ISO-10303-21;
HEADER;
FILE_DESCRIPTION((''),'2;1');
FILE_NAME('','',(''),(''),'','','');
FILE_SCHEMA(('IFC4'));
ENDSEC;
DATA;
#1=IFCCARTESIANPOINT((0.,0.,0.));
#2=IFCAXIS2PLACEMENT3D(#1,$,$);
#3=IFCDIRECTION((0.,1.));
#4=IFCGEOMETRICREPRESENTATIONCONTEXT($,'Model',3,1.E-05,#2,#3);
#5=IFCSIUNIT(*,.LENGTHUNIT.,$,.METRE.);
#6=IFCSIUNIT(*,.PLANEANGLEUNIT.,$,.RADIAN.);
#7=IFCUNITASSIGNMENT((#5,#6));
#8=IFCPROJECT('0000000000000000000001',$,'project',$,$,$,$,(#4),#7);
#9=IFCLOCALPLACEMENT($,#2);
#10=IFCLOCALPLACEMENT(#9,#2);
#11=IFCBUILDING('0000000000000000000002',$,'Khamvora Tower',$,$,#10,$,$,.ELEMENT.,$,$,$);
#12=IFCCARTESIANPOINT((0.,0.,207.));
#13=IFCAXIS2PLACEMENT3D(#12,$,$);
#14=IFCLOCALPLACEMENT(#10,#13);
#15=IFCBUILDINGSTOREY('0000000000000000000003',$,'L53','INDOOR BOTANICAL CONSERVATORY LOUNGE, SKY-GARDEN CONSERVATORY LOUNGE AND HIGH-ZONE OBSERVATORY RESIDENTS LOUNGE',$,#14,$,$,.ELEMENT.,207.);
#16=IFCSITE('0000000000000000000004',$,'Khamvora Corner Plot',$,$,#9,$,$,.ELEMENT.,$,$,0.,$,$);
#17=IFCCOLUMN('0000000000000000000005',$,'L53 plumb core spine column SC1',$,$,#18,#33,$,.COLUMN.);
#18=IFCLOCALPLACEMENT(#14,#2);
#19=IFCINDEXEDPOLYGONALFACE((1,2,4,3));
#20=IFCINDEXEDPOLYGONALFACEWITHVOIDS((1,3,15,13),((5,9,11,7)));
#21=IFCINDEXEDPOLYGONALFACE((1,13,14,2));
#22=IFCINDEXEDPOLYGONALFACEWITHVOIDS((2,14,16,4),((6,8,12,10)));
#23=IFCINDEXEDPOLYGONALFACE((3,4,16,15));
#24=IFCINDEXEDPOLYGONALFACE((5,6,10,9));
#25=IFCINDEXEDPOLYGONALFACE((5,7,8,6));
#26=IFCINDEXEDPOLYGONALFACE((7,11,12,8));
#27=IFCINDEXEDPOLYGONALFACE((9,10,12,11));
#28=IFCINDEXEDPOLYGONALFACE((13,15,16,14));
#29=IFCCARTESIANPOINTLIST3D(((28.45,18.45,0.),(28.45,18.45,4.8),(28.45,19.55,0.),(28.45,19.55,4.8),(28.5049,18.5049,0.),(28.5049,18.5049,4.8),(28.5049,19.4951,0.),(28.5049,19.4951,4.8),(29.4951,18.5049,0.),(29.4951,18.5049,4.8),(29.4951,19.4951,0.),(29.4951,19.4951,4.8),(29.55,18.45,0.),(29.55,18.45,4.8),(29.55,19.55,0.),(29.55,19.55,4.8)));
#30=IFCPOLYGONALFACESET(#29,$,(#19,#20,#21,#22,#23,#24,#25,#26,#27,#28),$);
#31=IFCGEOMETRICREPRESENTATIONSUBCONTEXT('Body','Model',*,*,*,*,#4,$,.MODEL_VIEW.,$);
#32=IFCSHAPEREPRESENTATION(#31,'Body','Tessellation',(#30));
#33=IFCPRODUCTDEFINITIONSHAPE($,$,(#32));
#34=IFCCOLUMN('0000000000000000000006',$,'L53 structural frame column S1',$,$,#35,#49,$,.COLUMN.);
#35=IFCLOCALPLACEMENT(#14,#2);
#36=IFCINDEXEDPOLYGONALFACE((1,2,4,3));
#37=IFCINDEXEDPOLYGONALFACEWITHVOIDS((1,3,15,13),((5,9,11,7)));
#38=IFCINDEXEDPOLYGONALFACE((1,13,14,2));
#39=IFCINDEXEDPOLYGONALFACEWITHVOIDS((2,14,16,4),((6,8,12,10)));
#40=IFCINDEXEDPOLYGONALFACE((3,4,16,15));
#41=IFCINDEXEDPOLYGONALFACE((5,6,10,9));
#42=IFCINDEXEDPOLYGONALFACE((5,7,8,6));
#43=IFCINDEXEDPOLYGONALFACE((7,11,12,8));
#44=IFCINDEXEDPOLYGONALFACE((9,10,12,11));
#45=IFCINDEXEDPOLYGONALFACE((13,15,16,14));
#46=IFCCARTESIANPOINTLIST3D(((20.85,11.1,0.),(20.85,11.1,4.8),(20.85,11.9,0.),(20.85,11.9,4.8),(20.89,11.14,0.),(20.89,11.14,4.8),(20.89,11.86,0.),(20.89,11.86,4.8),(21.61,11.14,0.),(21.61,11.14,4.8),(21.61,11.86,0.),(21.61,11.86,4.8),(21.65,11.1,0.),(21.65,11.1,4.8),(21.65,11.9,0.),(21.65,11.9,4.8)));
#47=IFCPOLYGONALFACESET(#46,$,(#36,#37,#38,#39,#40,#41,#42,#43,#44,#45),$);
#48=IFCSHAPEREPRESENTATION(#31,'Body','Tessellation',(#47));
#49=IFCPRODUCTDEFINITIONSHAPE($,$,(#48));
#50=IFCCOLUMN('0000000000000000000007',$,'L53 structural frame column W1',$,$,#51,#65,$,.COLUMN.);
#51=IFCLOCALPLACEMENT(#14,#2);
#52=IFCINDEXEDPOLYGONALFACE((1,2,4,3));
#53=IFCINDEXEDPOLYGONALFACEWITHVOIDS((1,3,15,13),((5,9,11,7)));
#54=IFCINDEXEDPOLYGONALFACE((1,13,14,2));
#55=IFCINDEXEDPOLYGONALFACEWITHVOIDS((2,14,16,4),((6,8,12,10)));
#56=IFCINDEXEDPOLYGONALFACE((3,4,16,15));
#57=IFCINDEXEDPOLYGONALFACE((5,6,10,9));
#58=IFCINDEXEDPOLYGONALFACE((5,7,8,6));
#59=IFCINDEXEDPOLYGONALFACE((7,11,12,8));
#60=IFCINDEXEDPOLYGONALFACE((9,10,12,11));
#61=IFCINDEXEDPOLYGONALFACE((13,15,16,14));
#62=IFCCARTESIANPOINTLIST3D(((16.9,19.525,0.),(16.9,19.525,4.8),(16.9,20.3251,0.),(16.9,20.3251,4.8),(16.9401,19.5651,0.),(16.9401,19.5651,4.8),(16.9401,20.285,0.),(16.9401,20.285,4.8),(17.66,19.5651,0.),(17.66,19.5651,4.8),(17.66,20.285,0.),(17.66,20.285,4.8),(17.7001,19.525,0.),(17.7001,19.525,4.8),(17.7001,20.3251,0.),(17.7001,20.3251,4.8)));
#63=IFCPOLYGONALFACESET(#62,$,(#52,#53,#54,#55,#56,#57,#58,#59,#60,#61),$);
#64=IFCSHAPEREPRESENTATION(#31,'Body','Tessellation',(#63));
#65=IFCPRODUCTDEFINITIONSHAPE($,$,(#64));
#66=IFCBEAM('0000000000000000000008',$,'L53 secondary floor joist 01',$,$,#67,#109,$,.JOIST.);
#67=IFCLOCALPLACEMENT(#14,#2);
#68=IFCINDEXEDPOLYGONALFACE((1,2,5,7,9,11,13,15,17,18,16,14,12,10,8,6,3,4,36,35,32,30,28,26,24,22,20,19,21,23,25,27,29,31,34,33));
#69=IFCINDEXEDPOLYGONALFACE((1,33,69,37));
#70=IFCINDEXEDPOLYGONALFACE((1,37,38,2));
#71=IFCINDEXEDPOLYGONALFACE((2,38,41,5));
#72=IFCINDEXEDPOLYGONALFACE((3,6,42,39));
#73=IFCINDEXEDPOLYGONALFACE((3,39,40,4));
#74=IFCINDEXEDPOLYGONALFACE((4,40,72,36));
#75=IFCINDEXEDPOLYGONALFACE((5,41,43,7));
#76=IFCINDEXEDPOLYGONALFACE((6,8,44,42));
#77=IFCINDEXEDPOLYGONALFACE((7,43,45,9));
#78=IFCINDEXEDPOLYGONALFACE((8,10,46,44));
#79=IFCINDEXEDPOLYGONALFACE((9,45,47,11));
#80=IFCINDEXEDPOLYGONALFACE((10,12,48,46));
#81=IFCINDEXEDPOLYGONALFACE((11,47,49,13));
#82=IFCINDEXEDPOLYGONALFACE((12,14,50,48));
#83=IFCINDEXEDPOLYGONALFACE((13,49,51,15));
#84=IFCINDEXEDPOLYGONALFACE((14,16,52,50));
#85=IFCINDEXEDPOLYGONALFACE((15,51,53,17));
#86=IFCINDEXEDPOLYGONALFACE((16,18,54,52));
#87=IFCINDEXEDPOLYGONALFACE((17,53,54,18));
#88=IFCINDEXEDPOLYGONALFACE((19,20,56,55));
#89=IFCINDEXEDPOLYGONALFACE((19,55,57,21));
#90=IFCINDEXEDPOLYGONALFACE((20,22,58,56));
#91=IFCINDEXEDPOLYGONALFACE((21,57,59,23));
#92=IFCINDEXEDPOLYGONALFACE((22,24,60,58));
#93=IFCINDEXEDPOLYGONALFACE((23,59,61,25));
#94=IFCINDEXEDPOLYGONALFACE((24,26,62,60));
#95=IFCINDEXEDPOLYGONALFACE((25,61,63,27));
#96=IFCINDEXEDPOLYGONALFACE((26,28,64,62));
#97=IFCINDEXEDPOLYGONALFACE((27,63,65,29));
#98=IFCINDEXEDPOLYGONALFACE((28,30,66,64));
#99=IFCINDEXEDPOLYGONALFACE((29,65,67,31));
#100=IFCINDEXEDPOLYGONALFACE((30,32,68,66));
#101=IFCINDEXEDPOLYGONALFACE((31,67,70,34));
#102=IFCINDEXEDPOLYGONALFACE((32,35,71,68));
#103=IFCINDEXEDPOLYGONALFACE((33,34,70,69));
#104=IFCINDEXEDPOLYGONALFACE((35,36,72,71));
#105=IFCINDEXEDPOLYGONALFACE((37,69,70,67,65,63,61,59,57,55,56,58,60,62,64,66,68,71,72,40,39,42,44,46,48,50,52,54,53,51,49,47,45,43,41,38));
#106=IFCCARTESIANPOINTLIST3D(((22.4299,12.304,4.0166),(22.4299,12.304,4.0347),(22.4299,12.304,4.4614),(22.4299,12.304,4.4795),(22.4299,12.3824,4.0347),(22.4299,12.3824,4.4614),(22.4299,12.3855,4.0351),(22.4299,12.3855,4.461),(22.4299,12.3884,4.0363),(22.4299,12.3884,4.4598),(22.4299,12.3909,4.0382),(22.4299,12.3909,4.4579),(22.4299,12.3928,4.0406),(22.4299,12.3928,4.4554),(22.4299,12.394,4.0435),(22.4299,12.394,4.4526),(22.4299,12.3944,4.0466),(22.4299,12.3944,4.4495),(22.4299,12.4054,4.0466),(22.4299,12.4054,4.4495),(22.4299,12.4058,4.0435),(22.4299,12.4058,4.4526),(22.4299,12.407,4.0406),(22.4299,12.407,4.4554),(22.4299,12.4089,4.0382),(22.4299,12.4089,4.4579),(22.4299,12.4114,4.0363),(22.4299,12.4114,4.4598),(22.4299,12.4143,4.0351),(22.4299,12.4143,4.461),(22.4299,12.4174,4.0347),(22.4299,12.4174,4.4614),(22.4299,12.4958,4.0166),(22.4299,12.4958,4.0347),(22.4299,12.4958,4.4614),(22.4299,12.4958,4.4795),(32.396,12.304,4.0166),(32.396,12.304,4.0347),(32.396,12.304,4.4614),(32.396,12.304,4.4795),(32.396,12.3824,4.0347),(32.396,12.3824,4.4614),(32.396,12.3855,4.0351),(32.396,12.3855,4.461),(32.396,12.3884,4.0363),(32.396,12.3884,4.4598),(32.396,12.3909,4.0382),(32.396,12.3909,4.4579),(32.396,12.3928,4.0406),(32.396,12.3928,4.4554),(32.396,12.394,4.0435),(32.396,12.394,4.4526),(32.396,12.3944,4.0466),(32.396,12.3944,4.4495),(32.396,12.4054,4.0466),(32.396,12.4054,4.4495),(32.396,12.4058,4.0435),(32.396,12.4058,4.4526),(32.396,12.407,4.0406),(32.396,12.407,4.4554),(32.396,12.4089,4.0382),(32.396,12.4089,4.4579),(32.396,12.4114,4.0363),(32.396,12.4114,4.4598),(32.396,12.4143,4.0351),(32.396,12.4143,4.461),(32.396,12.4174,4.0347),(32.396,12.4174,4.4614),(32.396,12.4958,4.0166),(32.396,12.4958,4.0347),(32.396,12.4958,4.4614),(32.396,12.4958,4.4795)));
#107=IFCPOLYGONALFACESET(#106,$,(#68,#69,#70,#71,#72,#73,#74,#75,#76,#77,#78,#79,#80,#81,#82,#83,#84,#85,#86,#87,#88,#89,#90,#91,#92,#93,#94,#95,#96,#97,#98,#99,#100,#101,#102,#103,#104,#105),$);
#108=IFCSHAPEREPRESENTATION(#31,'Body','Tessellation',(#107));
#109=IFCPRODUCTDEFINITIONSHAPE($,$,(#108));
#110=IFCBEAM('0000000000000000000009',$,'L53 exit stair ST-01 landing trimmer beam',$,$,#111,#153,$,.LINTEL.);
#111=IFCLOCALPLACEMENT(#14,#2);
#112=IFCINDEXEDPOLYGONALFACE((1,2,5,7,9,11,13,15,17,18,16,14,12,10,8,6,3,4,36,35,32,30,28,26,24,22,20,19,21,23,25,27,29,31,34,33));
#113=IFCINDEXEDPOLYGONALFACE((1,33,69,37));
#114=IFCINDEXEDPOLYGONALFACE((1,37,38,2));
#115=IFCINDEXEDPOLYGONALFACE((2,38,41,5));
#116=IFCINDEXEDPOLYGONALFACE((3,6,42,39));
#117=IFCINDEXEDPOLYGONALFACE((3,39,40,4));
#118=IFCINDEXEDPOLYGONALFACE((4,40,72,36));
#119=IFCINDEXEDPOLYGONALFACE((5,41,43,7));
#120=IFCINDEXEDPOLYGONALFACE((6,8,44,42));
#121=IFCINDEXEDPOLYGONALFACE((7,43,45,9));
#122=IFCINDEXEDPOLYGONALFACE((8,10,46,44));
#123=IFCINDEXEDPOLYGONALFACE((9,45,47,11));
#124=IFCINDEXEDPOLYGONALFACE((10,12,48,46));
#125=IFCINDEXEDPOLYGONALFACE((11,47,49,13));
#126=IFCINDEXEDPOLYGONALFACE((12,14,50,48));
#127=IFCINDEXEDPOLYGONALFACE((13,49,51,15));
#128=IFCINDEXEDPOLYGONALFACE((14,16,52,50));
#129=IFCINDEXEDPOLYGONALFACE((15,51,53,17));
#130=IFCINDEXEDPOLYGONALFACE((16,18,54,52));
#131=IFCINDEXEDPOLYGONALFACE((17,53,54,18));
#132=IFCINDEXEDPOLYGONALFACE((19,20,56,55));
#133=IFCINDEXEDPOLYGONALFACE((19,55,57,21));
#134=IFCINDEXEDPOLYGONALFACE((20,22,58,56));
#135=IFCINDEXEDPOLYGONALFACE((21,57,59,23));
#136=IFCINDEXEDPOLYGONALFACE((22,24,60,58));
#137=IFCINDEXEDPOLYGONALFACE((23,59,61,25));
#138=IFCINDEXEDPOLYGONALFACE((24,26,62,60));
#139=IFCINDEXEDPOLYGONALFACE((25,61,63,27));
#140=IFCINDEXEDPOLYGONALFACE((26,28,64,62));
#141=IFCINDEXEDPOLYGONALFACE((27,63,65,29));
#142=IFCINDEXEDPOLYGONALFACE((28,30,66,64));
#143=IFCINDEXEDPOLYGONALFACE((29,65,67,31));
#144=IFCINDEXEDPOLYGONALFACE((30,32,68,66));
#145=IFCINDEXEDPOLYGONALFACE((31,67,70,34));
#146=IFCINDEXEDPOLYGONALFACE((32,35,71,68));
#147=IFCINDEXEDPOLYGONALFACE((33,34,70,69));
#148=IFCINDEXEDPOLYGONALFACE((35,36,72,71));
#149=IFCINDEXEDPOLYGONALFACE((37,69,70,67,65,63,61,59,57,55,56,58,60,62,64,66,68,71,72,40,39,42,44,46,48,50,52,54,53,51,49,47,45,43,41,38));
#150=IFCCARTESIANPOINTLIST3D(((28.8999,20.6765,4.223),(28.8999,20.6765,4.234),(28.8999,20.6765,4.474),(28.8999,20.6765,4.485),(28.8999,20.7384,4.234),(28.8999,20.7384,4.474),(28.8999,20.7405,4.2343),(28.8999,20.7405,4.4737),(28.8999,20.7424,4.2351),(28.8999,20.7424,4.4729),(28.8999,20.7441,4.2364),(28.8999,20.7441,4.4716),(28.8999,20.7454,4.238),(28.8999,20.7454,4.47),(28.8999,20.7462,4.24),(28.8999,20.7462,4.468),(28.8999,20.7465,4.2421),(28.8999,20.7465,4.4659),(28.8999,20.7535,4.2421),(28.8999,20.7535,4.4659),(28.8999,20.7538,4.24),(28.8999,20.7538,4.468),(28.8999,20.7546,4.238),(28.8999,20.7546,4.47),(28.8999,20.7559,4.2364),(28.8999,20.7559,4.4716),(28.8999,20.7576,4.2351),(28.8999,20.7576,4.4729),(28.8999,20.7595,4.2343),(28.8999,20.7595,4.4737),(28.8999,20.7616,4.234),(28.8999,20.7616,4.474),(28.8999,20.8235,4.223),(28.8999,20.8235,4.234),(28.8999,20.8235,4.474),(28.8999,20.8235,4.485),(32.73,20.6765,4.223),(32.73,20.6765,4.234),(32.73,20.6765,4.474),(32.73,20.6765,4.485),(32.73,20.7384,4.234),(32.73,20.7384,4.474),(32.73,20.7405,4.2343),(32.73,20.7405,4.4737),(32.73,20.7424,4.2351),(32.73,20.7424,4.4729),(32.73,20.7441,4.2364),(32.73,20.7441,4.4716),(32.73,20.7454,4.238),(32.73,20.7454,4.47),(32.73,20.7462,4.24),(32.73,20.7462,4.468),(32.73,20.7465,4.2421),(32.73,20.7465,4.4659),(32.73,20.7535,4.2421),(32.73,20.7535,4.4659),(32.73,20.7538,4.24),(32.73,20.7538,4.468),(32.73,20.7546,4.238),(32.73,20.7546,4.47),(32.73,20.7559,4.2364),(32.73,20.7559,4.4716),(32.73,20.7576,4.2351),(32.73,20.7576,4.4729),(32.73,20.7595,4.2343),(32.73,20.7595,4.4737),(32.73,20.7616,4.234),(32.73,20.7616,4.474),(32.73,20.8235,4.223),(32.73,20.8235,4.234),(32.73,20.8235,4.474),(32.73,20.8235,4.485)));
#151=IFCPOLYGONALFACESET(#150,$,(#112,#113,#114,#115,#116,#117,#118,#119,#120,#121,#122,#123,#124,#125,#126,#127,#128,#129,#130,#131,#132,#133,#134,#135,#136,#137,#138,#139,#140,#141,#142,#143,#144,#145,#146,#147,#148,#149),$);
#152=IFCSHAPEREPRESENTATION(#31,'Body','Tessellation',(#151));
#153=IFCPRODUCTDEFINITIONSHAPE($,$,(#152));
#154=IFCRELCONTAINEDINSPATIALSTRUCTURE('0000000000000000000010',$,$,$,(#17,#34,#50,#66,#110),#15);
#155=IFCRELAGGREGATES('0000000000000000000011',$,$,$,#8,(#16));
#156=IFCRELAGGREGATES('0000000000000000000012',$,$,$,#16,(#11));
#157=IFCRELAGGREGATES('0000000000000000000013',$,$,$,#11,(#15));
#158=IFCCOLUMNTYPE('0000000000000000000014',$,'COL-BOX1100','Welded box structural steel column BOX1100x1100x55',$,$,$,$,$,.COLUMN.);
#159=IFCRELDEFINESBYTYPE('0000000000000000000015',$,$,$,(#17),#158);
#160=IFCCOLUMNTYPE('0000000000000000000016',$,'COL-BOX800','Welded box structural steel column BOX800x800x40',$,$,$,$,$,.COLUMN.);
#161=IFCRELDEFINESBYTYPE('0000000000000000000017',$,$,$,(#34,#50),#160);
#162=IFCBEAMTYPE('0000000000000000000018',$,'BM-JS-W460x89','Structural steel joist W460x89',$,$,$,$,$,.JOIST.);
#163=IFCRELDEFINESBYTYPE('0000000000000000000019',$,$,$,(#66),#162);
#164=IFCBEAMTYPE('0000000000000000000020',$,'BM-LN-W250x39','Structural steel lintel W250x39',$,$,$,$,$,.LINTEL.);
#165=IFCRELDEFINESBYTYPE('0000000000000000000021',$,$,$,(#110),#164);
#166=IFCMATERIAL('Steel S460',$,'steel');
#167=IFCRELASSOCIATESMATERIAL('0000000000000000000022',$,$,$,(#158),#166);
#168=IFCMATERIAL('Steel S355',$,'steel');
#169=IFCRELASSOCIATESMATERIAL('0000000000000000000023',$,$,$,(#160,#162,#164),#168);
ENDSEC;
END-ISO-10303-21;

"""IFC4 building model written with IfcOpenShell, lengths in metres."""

from ifc_helpers import new_model, si_unit, direction, frame, origin, origin_2d, place, context, subcontext, project, spatial, hollow_rectangle, i_section, extrude, material, material_profile, profile_set, type_object, element, save


model = new_model("IFC4")

# Units and contexts
model_context = context("Model", 3, precision=1e-05, world=origin(), true_north=direction((0.0, 1.0)))
body_context = subcontext(model_context, "Body", "Model", "MODEL_VIEW")
ifc_project = project(units=[si_unit("LENGTHUNIT", "METRE"), si_unit("PLANEANGLEUNIT", "RADIAN")], contexts=[model_context])

# Site, building, storey
site_placement = place(None, origin())
site = spatial("IfcSite", under=ifc_project, at=site_placement, Name="Khamvora Corner Plot", CompositionType="ELEMENT", RefElevation=0.0)
building_placement = place(site_placement, origin())
building = spatial("IfcBuilding", under=site, at=building_placement, Name="Khamvora Tower", CompositionType="ELEMENT")
storey_placement = place(building_placement, frame((0.0, 0.0, 207.0)))
storey = spatial("IfcBuildingStorey", under=building, at=storey_placement, Name="L53", Description="INDOOR BOTANICAL CONSERVATORY LOUNGE, SKY-GARDEN CONSERVATORY LOUNGE AND HIGH-ZONE OBSERVATORY RESIDENTS LOUNGE", CompositionType="ELEMENT", Elevation=207.0)

# Columns
ifc_material_1 = material(Name="Steel S460", Category="steel")
ifc_material_profile_1 = material_profile(ifc_material_1, hollow_rectangle(XDim=1.1001, YDim=1.1001, WallThickness=0.0549, at=origin_2d()), Name="BOX1100x1100x55")
ifc_profile_set_1 = profile_set([ifc_material_profile_1], Name="Steel S460")
column_type_1 = type_object("IfcColumnType", Name="COL-BOX1100", Description="Welded box structural steel column BOX1100x1100x55", PredefinedType="COLUMN", material=ifc_profile_set_1)
column_placement = place(storey_placement, frame((29.0, 19.0, 0.0), z_axis=(0.0, 0.0, 1.0), x_axis=(1.0, 0.0, 0.0)))
element("IfcColumn", 1, at=column_placement, inside=storey, type_object=column_type_1, Name="L53 plumb core spine column SC1", PredefinedType="COLUMN", context=body_context, shape_type="SweptSolid", body=[
    extrude(hollow_rectangle(XDim=1.1001, YDim=1.1001, WallThickness=0.0549, at=origin_2d()), origin(), (0.0, 0.0, 1.0), 4.8),
])
ifc_material_2 = material(Name="Steel S355", Category="steel")
ifc_material_profile_2 = material_profile(ifc_material_2, hollow_rectangle(XDim=0.8, YDim=0.8, WallThickness=0.04, at=origin_2d()), Name="BOX800x800x40")
ifc_profile_set_2 = profile_set([ifc_material_profile_2], Name="Steel S355")
column_type_2 = type_object("IfcColumnType", Name="COL-BOX800", Description="Welded box structural steel column BOX800x800x40", PredefinedType="COLUMN", material=ifc_profile_set_2)
for number, where, z_axis, x_axis, name in (
    (2, (21.25, 11.5, 0.0), (0.0, 0.0, 1.0), (1.0, 0.0, 0.0), "L53 structural frame column S1"),
    (3, (17.3, 19.925, 0.0), (0.0, 0.0, 1.0), (1.0, 0.0, 0.0), "L53 structural frame column W1"),
):
    element("IfcColumn", number, at=place(storey_placement, frame(where, z_axis=z_axis, x_axis=x_axis)), inside=storey, type_object=column_type_2, Name=name, PredefinedType="COLUMN", context=body_context, shape_type="SweptSolid", body=[
        extrude(hollow_rectangle(XDim=0.8, YDim=0.8, WallThickness=0.04, at=origin_2d()), origin(), (0.0, 0.0, 1.0), 4.8),
    ])

# Beams
ifc_material_profile_3 = material_profile(ifc_material_2, i_section(OverallWidth=0.1919, OverallDepth=0.4629, WebThickness=0.011, FlangeThickness=0.0181, FilletRadius=0.012, at=origin_2d()), Name="W460x89")
ifc_profile_set_3 = profile_set([ifc_material_profile_3], Name="Steel S355")
beam_type_1 = type_object("IfcBeamType", Name="BM-JS-W460x89", Description="Structural steel joist W460x89", PredefinedType="JOIST", material=ifc_profile_set_3)
beam_1_placement = place(storey_placement, frame((22.4299, 12.3999, 4.248), z_axis=(1.0, 0.0, 0.0), x_axis=(0.0, 1.0, 0.0)))
element("IfcBeam", 4, at=beam_1_placement, inside=storey, type_object=beam_type_1, Name="L53 secondary floor joist 01", PredefinedType="JOIST", context=body_context, shape_type="SweptSolid", body=[
    extrude(i_section(OverallWidth=0.1919, OverallDepth=0.4629, WebThickness=0.011, FlangeThickness=0.0181, FilletRadius=0.012, at=origin_2d()), origin(), (0.0, 0.0, 1.0), 9.9661),
])
ifc_material_profile_4 = material_profile(ifc_material_2, i_section(OverallWidth=0.147, OverallDepth=0.262, WebThickness=0.0071, FlangeThickness=0.011, FilletRadius=0.0081, at=origin_2d()), Name="W250x39")
ifc_profile_set_4 = profile_set([ifc_material_profile_4], Name="Steel S355")
beam_type_2 = type_object("IfcBeamType", Name="BM-LN-W250x39", Description="Structural steel lintel W250x39", PredefinedType="LINTEL", material=ifc_profile_set_4)
beam_2_placement = place(storey_placement, frame((28.8999, 20.75, 4.354), z_axis=(1.0, 0.0, 0.0), x_axis=(0.0, 1.0, 0.0)))
element("IfcBeam", 5, at=beam_2_placement, inside=storey, type_object=beam_type_2, Name="L53 exit stair ST-01 landing trimmer beam", PredefinedType="LINTEL", context=body_context, shape_type="SweptSolid", body=[
    extrude(i_section(OverallWidth=0.147, OverallDepth=0.262, WebThickness=0.0071, FlangeThickness=0.011, FilletRadius=0.0081, at=origin_2d()), origin(), (0.0, 0.0, 1.0), 3.8301),
])

save(model, "model.ifc")
